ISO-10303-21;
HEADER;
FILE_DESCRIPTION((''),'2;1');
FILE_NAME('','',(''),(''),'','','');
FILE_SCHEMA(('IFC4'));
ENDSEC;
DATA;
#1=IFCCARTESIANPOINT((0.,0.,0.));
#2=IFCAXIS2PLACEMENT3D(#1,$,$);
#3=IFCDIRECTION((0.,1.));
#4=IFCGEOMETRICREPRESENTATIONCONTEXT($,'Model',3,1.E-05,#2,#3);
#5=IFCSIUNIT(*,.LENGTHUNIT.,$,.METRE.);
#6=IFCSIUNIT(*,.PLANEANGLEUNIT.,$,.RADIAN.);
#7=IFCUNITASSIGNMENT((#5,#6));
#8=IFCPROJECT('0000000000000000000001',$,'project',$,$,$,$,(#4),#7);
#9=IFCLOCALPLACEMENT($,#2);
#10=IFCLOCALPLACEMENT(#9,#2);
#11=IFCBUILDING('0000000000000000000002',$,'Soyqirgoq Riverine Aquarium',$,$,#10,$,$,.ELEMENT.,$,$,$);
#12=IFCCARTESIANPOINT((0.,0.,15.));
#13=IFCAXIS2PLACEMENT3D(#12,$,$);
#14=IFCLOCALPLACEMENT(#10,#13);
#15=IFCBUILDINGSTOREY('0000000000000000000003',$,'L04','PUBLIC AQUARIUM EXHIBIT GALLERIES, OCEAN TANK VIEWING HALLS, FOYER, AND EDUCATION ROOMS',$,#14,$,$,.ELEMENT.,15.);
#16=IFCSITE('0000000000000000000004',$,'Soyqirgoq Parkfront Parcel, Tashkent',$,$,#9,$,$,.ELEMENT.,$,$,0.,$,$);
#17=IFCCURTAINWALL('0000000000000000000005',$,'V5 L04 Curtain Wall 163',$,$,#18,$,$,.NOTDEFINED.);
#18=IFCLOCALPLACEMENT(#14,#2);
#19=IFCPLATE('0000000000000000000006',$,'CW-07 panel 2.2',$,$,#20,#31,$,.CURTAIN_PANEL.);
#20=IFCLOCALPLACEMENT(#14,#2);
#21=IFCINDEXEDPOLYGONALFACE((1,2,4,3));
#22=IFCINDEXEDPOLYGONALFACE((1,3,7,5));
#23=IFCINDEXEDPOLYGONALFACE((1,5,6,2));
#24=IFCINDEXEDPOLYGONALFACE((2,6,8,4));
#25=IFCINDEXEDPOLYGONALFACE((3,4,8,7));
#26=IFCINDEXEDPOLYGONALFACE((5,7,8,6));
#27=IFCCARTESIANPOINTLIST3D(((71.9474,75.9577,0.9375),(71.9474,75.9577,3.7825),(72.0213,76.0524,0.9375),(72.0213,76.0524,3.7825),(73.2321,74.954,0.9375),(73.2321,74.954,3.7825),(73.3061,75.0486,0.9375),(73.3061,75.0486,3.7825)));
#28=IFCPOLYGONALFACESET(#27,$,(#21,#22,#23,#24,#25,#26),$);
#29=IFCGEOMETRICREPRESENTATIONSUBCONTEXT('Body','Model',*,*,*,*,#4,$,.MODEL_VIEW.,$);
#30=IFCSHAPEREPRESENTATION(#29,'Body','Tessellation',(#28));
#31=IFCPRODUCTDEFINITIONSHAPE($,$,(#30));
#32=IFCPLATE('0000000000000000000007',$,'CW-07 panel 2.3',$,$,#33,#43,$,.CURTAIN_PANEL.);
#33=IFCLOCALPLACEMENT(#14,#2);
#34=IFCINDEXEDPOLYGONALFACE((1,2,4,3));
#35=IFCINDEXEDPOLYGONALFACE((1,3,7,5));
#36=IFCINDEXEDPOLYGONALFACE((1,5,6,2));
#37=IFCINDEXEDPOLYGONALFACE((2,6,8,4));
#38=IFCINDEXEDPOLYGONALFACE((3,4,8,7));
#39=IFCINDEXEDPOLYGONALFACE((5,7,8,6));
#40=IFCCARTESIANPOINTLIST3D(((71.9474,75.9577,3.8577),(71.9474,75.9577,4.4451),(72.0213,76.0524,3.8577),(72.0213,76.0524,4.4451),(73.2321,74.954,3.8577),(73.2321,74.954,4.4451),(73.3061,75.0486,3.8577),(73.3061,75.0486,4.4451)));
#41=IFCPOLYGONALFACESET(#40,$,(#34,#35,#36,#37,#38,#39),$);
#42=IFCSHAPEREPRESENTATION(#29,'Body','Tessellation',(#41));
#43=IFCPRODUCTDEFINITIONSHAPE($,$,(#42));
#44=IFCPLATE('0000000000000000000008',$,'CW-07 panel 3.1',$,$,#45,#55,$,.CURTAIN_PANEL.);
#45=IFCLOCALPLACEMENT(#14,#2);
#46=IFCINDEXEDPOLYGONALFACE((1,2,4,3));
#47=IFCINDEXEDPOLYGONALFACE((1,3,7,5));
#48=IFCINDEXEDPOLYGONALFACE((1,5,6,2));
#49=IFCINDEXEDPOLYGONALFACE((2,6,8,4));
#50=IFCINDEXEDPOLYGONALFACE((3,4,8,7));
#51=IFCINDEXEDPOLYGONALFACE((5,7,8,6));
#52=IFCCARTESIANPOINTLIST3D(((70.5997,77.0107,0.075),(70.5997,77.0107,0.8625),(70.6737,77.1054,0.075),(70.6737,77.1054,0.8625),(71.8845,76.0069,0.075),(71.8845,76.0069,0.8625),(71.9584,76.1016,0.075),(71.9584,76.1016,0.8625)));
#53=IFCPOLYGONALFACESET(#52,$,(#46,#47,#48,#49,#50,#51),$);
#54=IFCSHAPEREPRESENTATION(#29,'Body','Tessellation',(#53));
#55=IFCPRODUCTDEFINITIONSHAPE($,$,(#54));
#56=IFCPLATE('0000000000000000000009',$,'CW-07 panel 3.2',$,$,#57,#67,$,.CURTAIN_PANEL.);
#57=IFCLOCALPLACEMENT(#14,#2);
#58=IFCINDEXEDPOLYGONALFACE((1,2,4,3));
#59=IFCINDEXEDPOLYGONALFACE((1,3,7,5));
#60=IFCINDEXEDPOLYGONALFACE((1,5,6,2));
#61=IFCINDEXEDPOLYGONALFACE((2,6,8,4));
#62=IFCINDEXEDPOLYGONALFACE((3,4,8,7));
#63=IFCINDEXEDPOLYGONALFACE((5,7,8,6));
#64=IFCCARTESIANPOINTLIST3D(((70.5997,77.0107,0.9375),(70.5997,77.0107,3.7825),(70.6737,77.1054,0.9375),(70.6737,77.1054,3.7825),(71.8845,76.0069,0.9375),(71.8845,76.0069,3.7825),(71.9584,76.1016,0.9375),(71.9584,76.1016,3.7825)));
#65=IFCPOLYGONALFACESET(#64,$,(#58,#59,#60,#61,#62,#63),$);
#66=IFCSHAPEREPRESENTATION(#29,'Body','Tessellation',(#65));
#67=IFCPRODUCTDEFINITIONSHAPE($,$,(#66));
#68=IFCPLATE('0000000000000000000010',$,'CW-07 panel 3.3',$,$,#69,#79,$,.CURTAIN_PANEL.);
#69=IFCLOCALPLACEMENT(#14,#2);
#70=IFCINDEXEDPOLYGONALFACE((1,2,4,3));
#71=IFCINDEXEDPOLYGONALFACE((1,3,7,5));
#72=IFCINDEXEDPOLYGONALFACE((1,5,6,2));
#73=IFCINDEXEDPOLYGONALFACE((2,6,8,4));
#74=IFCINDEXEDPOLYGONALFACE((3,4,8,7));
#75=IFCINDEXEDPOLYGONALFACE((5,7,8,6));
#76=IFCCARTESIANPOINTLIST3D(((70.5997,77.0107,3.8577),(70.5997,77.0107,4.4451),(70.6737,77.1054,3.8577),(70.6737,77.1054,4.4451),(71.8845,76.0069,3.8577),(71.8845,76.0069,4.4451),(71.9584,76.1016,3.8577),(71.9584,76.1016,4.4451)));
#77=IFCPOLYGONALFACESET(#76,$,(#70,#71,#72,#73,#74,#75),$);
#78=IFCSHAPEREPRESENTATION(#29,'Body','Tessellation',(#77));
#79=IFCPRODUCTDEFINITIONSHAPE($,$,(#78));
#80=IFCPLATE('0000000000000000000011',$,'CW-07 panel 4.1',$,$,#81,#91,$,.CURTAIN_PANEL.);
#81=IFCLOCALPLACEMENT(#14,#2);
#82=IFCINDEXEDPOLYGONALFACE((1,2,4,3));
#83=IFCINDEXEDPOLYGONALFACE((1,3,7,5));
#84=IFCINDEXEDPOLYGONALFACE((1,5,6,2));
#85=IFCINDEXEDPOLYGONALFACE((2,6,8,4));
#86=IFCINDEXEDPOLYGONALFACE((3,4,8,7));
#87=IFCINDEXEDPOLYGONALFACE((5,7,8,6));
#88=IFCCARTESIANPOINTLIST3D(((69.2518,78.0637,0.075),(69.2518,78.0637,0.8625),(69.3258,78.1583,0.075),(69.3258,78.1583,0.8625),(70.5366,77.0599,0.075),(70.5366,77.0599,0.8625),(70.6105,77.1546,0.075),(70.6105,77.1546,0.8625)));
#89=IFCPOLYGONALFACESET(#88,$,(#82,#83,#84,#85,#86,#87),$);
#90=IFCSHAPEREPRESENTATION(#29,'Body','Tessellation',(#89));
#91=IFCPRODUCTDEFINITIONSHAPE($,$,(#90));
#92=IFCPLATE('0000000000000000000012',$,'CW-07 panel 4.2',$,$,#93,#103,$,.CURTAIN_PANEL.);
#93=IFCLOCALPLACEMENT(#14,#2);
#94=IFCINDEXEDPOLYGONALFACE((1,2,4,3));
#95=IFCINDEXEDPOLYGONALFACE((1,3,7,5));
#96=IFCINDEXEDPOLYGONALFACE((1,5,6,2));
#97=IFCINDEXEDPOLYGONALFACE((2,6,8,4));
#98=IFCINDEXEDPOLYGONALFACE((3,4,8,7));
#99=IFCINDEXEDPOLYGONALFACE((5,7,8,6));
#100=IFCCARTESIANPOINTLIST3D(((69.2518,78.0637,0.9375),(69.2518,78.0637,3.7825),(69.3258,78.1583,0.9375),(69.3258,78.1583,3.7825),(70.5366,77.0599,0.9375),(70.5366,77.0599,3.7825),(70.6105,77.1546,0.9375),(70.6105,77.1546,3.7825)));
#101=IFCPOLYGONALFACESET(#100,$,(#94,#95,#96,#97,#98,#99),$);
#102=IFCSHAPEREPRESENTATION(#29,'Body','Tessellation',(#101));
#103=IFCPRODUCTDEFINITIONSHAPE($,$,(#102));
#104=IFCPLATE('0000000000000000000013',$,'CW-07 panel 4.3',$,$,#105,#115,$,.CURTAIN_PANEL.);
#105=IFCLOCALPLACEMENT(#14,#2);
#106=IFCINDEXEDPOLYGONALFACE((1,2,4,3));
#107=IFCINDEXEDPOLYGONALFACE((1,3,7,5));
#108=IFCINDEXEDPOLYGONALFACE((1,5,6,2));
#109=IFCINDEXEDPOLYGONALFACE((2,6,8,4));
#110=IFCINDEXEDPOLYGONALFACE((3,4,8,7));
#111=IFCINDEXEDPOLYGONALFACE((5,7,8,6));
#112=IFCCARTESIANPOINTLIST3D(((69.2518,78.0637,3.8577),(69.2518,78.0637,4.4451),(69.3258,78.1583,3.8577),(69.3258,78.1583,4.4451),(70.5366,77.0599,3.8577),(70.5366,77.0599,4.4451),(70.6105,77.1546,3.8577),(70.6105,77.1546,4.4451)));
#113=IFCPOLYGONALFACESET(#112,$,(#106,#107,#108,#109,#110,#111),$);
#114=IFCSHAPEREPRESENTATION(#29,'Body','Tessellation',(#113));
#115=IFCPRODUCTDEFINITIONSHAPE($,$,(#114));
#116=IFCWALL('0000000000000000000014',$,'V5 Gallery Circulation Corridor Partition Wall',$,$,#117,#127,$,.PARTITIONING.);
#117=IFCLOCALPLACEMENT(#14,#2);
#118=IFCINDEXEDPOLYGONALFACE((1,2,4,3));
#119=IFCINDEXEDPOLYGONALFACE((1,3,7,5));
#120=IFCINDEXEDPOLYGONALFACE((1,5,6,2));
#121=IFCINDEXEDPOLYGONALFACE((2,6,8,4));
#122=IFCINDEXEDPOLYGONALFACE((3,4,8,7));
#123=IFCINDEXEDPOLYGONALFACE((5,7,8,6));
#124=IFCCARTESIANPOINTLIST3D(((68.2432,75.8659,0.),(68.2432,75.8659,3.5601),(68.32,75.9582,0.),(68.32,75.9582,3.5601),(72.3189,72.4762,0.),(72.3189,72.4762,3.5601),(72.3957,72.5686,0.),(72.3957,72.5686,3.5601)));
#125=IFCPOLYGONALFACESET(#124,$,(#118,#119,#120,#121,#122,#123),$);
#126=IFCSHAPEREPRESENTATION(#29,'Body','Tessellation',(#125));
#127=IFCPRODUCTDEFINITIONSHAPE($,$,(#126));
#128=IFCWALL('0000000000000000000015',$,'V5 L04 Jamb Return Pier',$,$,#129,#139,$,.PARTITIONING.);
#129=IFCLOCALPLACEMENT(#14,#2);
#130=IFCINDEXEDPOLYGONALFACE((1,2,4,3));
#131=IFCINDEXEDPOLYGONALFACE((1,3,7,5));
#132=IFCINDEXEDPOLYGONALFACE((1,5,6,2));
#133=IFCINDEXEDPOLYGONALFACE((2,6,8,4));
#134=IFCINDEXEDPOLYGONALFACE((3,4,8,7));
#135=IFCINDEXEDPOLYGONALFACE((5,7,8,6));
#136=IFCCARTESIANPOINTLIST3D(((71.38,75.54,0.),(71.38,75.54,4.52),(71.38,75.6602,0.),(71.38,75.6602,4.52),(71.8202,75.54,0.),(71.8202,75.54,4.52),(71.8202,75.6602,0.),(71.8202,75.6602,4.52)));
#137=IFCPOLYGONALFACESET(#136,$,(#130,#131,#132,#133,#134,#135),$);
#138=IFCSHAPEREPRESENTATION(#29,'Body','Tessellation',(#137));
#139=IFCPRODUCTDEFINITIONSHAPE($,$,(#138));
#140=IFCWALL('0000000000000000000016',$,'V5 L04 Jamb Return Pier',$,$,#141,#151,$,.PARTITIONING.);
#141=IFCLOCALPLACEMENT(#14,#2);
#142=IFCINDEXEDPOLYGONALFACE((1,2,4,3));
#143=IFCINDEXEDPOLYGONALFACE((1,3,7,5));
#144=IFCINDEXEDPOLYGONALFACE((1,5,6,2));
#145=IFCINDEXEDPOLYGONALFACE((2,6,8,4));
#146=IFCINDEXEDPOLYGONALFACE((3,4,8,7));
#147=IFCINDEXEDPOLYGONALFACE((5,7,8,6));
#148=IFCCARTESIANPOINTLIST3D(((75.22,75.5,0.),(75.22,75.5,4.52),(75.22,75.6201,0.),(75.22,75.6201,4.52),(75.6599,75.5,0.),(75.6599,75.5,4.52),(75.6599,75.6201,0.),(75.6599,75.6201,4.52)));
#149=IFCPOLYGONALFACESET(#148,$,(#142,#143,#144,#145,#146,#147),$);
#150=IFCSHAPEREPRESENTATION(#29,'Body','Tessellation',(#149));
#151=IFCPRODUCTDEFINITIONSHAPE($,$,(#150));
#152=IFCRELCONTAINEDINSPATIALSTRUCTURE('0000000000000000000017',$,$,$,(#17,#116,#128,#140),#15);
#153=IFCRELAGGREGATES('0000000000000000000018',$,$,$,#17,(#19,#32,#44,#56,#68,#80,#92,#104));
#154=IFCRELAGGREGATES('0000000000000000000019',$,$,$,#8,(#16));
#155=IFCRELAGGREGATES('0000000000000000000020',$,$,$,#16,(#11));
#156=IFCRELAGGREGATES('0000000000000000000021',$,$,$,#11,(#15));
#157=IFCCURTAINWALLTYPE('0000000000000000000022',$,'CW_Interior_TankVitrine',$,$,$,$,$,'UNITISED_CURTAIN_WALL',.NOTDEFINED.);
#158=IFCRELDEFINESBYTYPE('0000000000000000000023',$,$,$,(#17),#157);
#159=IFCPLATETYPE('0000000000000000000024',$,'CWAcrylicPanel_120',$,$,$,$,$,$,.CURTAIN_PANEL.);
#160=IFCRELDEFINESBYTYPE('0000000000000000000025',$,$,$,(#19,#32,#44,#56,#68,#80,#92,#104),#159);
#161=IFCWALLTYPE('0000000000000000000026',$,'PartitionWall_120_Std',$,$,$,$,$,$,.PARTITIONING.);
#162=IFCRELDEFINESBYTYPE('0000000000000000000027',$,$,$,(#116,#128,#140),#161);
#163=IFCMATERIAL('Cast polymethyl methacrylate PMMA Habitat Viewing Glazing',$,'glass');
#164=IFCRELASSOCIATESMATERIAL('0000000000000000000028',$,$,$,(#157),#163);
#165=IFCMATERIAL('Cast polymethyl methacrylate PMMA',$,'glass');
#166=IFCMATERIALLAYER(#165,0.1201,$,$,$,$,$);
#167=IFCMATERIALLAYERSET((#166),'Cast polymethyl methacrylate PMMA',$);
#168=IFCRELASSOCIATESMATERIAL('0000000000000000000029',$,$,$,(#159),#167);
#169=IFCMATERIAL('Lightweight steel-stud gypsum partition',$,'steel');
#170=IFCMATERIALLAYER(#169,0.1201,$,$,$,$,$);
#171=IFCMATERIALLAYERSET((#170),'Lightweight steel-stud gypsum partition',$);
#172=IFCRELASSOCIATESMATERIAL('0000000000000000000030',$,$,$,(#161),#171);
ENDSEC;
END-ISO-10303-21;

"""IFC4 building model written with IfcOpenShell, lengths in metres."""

from ifc_helpers import new_model, si_unit, direction, frame, frame_2d, origin, origin_2d, place, context, subcontext, project, spatial, rectangle, extrude, material, layer, layer_set, type_object, element, aggregate, save


model = new_model("IFC4")

# Units and contexts
model_context = context("Model", 3, precision=1e-05, world=origin(), true_north=direction((0.0, 1.0)))
body_context = subcontext(model_context, "Body", "Model", "MODEL_VIEW")
ifc_project = project(units=[si_unit("LENGTHUNIT", "METRE"), si_unit("PLANEANGLEUNIT", "RADIAN")], contexts=[model_context])

# Site, building, storey
site_placement = place(None, origin())
site = spatial("IfcSite", under=ifc_project, at=site_placement, Name="Soyqirgoq Parkfront Parcel, Tashkent", CompositionType="ELEMENT", RefElevation=0.0)
building_placement = place(site_placement, origin())
building = spatial("IfcBuilding", under=site, at=building_placement, Name="Soyqirgoq Riverine Aquarium", CompositionType="ELEMENT")
storey_placement = place(building_placement, frame((0.0, 0.0, 15.0)))
storey = spatial("IfcBuildingStorey", under=building, at=storey_placement, Name="L04", Description="PUBLIC AQUARIUM EXHIBIT GALLERIES, OCEAN TANK VIEWING HALLS, FOYER, AND EDUCATION ROOMS", CompositionType="ELEMENT", Elevation=15.0)

# Curtain wall
ifc_material_1 = material(Name="Cast polymethyl methacrylate PMMA Habitat Viewing Glazing", Category="glass")
curtain_wall_type = type_object("IfcCurtainWallType", Name="CW_Interior_TankVitrine", ElementType="UNITISED_CURTAIN_WALL", PredefinedType="NOTDEFINED", material=ifc_material_1)
curtain_wall_placement = place(storey_placement, origin())
curtain_wall = element("IfcCurtainWall", 1, at=curtain_wall_placement, inside=storey, type_object=curtain_wall_type, Name="V5 L04 Curtain Wall 163", PredefinedType="NOTDEFINED")

# Plates
ifc_material_2 = material(Name="Cast polymethyl methacrylate PMMA", Category="glass")
ifc_layer_1 = layer(ifc_material_2, 0.1201)
ifc_layer_set_1 = layer_set([ifc_layer_1], Name="Cast polymethyl methacrylate PMMA")
plate_type = type_object("IfcPlateType", Name="CWAcrylicPanel_120", PredefinedType="CURTAIN_PANEL", material=ifc_layer_set_1)
plate_1_placement = place(storey_placement, frame((72.6267, 75.5032, 0.9375), z_axis=(0.0, 0.0, 1.0), x_axis=(-0.788011, 0.615661, 0.0)))
plate_1 = element("IfcPlate", 2, at=plate_1_placement, type_object=plate_type, Name="CW-07 panel 2.2", PredefinedType="CURTAIN_PANEL", context=body_context, shape_type="SweptSolid", body=[
    extrude(rectangle(XDim=1.6304, YDim=0.1201, at=origin_2d()), origin(), (0.0, 0.0, 1.0), 2.845),
])
plate_2_placement = place(storey_placement, frame((72.6267, 75.5032, 3.8577), z_axis=(0.0, 0.0, 1.0), x_axis=(-0.788011, 0.615661, 0.0)))
plate_2 = element("IfcPlate", 3, at=plate_2_placement, type_object=plate_type, Name="CW-07 panel 2.3", PredefinedType="CURTAIN_PANEL", context=body_context, shape_type="SweptSolid", body=[
    extrude(rectangle(XDim=1.6304, YDim=0.1201, at=origin_2d()), origin(), (0.0, 0.0, 1.0), 0.5874),
])
plate_3_placement = place(storey_placement, frame((71.2791, 76.5562, 0.075), z_axis=(0.0, 0.0, 1.0), x_axis=(-0.788011, 0.615661, 0.0)))
plate_3 = element("IfcPlate", 4, at=plate_3_placement, type_object=plate_type, Name="CW-07 panel 3.1", PredefinedType="CURTAIN_PANEL", context=body_context, shape_type="SweptSolid", body=[
    extrude(rectangle(XDim=1.6304, YDim=0.1201, at=origin_2d()), origin(), (0.0, 0.0, 1.0), 0.7876),
])
plate_4_placement = place(storey_placement, frame((71.2791, 76.5562, 0.9375), z_axis=(0.0, 0.0, 1.0), x_axis=(-0.788011, 0.615661, 0.0)))
plate_4 = element("IfcPlate", 5, at=plate_4_placement, type_object=plate_type, Name="CW-07 panel 3.2", PredefinedType="CURTAIN_PANEL", context=body_context, shape_type="SweptSolid", body=[
    extrude(rectangle(XDim=1.6304, YDim=0.1201, at=origin_2d()), origin(), (0.0, 0.0, 1.0), 2.845),
])
plate_5_placement = place(storey_placement, frame((71.2791, 76.5562, 3.8577), z_axis=(0.0, 0.0, 1.0), x_axis=(-0.788011, 0.615661, 0.0)))
plate_5 = element("IfcPlate", 6, at=plate_5_placement, type_object=plate_type, Name="CW-07 panel 3.3", PredefinedType="CURTAIN_PANEL", context=body_context, shape_type="SweptSolid", body=[
    extrude(rectangle(XDim=1.6304, YDim=0.1201, at=origin_2d()), origin(), (0.0, 0.0, 1.0), 0.5874),
])
plate_6_placement = place(storey_placement, frame((69.9312, 77.6091, 0.075), z_axis=(0.0, 0.0, 1.0), x_axis=(-0.788011, 0.615661, 0.0)))
plate_6 = element("IfcPlate", 7, at=plate_6_placement, type_object=plate_type, Name="CW-07 panel 4.1", PredefinedType="CURTAIN_PANEL", context=body_context, shape_type="SweptSolid", body=[
    extrude(rectangle(XDim=1.6304, YDim=0.1201, at=origin_2d()), origin(), (0.0, 0.0, 1.0), 0.7876),
])
plate_7_placement = place(storey_placement, frame((69.9312, 77.6091, 0.9375), z_axis=(0.0, 0.0, 1.0), x_axis=(-0.788011, 0.615661, 0.0)))
plate_7 = element("IfcPlate", 8, at=plate_7_placement, type_object=plate_type, Name="CW-07 panel 4.2", PredefinedType="CURTAIN_PANEL", context=body_context, shape_type="SweptSolid", body=[
    extrude(rectangle(XDim=1.6304, YDim=0.1201, at=origin_2d()), origin(), (0.0, 0.0, 1.0), 2.845),
])
plate_8_placement = place(storey_placement, frame((69.9312, 77.6091, 3.8577), z_axis=(0.0, 0.0, 1.0), x_axis=(-0.788011, 0.615661, 0.0)))
plate_8 = element("IfcPlate", 9, at=plate_8_placement, type_object=plate_type, Name="CW-07 panel 4.3", PredefinedType="CURTAIN_PANEL", context=body_context, shape_type="SweptSolid", body=[
    extrude(rectangle(XDim=1.6304, YDim=0.1201, at=origin_2d()), origin(), (0.0, 0.0, 1.0), 0.5874),
])
aggregate(curtain_wall, [plate_1, plate_2, plate_3, plate_4, plate_5, plate_6, plate_7, plate_8])

# Walls
ifc_material_3 = material(Name="Lightweight steel-stud gypsum partition", Category="steel")
ifc_layer_2 = layer(ifc_material_3, 0.1201)
ifc_layer_set_2 = layer_set([ifc_layer_2], Name="Lightweight steel-stud gypsum partition")
wall_type = type_object("IfcWallType", Name="PartitionWall_120_Std", PredefinedType="PARTITIONING", material=ifc_layer_set_2)
wall_1_placement = place(storey_placement, frame((72.3572, 72.5225, 0.0), z_axis=(0.0, 0.0, 1.0), x_axis=(-0.768848, 0.639432, 0.0)))
element("IfcWall", 10, at=wall_1_placement, inside=storey, type_object=wall_type, Name="V5 Gallery Circulation Corridor Partition Wall", PredefinedType="PARTITIONING", context=body_context, shape_type="SweptSolid", body=[
    extrude(rectangle(XDim=5.301, YDim=0.1201, at=frame_2d((2.6504, 0.0))), origin(), (0.0, 0.0, 1.0), 3.5601),
])
wall_2_placement = place(storey_placement, frame((71.3799, 75.6001, 0.0), z_axis=(0.0, 0.0, 1.0), x_axis=(1.0, 0.0, 0.0)))
element("IfcWall", 11, at=wall_2_placement, inside=storey, type_object=wall_type, Name="V5 L04 Jamb Return Pier", PredefinedType="PARTITIONING", context=body_context, shape_type="SweptSolid", body=[
    extrude(rectangle(XDim=0.4402, YDim=0.1201, at=frame_2d((0.2202, 0.0))), origin(), (0.0, 0.0, 1.0), 4.52),
])
wall_3_placement = place(storey_placement, frame((75.22, 75.5601, 0.0), z_axis=(0.0, 0.0, 1.0), x_axis=(1.0, 0.0, 0.0)))
element("IfcWall", 12, at=wall_3_placement, inside=storey, type_object=wall_type, Name="V5 L04 Jamb Return Pier", PredefinedType="PARTITIONING", context=body_context, shape_type="SweptSolid", body=[
    extrude(rectangle(XDim=0.4399, YDim=0.1201, at=frame_2d((0.22, 0.0))), origin(), (0.0, 0.0, 1.0), 4.52),
])

save(model, "model.ifc")
